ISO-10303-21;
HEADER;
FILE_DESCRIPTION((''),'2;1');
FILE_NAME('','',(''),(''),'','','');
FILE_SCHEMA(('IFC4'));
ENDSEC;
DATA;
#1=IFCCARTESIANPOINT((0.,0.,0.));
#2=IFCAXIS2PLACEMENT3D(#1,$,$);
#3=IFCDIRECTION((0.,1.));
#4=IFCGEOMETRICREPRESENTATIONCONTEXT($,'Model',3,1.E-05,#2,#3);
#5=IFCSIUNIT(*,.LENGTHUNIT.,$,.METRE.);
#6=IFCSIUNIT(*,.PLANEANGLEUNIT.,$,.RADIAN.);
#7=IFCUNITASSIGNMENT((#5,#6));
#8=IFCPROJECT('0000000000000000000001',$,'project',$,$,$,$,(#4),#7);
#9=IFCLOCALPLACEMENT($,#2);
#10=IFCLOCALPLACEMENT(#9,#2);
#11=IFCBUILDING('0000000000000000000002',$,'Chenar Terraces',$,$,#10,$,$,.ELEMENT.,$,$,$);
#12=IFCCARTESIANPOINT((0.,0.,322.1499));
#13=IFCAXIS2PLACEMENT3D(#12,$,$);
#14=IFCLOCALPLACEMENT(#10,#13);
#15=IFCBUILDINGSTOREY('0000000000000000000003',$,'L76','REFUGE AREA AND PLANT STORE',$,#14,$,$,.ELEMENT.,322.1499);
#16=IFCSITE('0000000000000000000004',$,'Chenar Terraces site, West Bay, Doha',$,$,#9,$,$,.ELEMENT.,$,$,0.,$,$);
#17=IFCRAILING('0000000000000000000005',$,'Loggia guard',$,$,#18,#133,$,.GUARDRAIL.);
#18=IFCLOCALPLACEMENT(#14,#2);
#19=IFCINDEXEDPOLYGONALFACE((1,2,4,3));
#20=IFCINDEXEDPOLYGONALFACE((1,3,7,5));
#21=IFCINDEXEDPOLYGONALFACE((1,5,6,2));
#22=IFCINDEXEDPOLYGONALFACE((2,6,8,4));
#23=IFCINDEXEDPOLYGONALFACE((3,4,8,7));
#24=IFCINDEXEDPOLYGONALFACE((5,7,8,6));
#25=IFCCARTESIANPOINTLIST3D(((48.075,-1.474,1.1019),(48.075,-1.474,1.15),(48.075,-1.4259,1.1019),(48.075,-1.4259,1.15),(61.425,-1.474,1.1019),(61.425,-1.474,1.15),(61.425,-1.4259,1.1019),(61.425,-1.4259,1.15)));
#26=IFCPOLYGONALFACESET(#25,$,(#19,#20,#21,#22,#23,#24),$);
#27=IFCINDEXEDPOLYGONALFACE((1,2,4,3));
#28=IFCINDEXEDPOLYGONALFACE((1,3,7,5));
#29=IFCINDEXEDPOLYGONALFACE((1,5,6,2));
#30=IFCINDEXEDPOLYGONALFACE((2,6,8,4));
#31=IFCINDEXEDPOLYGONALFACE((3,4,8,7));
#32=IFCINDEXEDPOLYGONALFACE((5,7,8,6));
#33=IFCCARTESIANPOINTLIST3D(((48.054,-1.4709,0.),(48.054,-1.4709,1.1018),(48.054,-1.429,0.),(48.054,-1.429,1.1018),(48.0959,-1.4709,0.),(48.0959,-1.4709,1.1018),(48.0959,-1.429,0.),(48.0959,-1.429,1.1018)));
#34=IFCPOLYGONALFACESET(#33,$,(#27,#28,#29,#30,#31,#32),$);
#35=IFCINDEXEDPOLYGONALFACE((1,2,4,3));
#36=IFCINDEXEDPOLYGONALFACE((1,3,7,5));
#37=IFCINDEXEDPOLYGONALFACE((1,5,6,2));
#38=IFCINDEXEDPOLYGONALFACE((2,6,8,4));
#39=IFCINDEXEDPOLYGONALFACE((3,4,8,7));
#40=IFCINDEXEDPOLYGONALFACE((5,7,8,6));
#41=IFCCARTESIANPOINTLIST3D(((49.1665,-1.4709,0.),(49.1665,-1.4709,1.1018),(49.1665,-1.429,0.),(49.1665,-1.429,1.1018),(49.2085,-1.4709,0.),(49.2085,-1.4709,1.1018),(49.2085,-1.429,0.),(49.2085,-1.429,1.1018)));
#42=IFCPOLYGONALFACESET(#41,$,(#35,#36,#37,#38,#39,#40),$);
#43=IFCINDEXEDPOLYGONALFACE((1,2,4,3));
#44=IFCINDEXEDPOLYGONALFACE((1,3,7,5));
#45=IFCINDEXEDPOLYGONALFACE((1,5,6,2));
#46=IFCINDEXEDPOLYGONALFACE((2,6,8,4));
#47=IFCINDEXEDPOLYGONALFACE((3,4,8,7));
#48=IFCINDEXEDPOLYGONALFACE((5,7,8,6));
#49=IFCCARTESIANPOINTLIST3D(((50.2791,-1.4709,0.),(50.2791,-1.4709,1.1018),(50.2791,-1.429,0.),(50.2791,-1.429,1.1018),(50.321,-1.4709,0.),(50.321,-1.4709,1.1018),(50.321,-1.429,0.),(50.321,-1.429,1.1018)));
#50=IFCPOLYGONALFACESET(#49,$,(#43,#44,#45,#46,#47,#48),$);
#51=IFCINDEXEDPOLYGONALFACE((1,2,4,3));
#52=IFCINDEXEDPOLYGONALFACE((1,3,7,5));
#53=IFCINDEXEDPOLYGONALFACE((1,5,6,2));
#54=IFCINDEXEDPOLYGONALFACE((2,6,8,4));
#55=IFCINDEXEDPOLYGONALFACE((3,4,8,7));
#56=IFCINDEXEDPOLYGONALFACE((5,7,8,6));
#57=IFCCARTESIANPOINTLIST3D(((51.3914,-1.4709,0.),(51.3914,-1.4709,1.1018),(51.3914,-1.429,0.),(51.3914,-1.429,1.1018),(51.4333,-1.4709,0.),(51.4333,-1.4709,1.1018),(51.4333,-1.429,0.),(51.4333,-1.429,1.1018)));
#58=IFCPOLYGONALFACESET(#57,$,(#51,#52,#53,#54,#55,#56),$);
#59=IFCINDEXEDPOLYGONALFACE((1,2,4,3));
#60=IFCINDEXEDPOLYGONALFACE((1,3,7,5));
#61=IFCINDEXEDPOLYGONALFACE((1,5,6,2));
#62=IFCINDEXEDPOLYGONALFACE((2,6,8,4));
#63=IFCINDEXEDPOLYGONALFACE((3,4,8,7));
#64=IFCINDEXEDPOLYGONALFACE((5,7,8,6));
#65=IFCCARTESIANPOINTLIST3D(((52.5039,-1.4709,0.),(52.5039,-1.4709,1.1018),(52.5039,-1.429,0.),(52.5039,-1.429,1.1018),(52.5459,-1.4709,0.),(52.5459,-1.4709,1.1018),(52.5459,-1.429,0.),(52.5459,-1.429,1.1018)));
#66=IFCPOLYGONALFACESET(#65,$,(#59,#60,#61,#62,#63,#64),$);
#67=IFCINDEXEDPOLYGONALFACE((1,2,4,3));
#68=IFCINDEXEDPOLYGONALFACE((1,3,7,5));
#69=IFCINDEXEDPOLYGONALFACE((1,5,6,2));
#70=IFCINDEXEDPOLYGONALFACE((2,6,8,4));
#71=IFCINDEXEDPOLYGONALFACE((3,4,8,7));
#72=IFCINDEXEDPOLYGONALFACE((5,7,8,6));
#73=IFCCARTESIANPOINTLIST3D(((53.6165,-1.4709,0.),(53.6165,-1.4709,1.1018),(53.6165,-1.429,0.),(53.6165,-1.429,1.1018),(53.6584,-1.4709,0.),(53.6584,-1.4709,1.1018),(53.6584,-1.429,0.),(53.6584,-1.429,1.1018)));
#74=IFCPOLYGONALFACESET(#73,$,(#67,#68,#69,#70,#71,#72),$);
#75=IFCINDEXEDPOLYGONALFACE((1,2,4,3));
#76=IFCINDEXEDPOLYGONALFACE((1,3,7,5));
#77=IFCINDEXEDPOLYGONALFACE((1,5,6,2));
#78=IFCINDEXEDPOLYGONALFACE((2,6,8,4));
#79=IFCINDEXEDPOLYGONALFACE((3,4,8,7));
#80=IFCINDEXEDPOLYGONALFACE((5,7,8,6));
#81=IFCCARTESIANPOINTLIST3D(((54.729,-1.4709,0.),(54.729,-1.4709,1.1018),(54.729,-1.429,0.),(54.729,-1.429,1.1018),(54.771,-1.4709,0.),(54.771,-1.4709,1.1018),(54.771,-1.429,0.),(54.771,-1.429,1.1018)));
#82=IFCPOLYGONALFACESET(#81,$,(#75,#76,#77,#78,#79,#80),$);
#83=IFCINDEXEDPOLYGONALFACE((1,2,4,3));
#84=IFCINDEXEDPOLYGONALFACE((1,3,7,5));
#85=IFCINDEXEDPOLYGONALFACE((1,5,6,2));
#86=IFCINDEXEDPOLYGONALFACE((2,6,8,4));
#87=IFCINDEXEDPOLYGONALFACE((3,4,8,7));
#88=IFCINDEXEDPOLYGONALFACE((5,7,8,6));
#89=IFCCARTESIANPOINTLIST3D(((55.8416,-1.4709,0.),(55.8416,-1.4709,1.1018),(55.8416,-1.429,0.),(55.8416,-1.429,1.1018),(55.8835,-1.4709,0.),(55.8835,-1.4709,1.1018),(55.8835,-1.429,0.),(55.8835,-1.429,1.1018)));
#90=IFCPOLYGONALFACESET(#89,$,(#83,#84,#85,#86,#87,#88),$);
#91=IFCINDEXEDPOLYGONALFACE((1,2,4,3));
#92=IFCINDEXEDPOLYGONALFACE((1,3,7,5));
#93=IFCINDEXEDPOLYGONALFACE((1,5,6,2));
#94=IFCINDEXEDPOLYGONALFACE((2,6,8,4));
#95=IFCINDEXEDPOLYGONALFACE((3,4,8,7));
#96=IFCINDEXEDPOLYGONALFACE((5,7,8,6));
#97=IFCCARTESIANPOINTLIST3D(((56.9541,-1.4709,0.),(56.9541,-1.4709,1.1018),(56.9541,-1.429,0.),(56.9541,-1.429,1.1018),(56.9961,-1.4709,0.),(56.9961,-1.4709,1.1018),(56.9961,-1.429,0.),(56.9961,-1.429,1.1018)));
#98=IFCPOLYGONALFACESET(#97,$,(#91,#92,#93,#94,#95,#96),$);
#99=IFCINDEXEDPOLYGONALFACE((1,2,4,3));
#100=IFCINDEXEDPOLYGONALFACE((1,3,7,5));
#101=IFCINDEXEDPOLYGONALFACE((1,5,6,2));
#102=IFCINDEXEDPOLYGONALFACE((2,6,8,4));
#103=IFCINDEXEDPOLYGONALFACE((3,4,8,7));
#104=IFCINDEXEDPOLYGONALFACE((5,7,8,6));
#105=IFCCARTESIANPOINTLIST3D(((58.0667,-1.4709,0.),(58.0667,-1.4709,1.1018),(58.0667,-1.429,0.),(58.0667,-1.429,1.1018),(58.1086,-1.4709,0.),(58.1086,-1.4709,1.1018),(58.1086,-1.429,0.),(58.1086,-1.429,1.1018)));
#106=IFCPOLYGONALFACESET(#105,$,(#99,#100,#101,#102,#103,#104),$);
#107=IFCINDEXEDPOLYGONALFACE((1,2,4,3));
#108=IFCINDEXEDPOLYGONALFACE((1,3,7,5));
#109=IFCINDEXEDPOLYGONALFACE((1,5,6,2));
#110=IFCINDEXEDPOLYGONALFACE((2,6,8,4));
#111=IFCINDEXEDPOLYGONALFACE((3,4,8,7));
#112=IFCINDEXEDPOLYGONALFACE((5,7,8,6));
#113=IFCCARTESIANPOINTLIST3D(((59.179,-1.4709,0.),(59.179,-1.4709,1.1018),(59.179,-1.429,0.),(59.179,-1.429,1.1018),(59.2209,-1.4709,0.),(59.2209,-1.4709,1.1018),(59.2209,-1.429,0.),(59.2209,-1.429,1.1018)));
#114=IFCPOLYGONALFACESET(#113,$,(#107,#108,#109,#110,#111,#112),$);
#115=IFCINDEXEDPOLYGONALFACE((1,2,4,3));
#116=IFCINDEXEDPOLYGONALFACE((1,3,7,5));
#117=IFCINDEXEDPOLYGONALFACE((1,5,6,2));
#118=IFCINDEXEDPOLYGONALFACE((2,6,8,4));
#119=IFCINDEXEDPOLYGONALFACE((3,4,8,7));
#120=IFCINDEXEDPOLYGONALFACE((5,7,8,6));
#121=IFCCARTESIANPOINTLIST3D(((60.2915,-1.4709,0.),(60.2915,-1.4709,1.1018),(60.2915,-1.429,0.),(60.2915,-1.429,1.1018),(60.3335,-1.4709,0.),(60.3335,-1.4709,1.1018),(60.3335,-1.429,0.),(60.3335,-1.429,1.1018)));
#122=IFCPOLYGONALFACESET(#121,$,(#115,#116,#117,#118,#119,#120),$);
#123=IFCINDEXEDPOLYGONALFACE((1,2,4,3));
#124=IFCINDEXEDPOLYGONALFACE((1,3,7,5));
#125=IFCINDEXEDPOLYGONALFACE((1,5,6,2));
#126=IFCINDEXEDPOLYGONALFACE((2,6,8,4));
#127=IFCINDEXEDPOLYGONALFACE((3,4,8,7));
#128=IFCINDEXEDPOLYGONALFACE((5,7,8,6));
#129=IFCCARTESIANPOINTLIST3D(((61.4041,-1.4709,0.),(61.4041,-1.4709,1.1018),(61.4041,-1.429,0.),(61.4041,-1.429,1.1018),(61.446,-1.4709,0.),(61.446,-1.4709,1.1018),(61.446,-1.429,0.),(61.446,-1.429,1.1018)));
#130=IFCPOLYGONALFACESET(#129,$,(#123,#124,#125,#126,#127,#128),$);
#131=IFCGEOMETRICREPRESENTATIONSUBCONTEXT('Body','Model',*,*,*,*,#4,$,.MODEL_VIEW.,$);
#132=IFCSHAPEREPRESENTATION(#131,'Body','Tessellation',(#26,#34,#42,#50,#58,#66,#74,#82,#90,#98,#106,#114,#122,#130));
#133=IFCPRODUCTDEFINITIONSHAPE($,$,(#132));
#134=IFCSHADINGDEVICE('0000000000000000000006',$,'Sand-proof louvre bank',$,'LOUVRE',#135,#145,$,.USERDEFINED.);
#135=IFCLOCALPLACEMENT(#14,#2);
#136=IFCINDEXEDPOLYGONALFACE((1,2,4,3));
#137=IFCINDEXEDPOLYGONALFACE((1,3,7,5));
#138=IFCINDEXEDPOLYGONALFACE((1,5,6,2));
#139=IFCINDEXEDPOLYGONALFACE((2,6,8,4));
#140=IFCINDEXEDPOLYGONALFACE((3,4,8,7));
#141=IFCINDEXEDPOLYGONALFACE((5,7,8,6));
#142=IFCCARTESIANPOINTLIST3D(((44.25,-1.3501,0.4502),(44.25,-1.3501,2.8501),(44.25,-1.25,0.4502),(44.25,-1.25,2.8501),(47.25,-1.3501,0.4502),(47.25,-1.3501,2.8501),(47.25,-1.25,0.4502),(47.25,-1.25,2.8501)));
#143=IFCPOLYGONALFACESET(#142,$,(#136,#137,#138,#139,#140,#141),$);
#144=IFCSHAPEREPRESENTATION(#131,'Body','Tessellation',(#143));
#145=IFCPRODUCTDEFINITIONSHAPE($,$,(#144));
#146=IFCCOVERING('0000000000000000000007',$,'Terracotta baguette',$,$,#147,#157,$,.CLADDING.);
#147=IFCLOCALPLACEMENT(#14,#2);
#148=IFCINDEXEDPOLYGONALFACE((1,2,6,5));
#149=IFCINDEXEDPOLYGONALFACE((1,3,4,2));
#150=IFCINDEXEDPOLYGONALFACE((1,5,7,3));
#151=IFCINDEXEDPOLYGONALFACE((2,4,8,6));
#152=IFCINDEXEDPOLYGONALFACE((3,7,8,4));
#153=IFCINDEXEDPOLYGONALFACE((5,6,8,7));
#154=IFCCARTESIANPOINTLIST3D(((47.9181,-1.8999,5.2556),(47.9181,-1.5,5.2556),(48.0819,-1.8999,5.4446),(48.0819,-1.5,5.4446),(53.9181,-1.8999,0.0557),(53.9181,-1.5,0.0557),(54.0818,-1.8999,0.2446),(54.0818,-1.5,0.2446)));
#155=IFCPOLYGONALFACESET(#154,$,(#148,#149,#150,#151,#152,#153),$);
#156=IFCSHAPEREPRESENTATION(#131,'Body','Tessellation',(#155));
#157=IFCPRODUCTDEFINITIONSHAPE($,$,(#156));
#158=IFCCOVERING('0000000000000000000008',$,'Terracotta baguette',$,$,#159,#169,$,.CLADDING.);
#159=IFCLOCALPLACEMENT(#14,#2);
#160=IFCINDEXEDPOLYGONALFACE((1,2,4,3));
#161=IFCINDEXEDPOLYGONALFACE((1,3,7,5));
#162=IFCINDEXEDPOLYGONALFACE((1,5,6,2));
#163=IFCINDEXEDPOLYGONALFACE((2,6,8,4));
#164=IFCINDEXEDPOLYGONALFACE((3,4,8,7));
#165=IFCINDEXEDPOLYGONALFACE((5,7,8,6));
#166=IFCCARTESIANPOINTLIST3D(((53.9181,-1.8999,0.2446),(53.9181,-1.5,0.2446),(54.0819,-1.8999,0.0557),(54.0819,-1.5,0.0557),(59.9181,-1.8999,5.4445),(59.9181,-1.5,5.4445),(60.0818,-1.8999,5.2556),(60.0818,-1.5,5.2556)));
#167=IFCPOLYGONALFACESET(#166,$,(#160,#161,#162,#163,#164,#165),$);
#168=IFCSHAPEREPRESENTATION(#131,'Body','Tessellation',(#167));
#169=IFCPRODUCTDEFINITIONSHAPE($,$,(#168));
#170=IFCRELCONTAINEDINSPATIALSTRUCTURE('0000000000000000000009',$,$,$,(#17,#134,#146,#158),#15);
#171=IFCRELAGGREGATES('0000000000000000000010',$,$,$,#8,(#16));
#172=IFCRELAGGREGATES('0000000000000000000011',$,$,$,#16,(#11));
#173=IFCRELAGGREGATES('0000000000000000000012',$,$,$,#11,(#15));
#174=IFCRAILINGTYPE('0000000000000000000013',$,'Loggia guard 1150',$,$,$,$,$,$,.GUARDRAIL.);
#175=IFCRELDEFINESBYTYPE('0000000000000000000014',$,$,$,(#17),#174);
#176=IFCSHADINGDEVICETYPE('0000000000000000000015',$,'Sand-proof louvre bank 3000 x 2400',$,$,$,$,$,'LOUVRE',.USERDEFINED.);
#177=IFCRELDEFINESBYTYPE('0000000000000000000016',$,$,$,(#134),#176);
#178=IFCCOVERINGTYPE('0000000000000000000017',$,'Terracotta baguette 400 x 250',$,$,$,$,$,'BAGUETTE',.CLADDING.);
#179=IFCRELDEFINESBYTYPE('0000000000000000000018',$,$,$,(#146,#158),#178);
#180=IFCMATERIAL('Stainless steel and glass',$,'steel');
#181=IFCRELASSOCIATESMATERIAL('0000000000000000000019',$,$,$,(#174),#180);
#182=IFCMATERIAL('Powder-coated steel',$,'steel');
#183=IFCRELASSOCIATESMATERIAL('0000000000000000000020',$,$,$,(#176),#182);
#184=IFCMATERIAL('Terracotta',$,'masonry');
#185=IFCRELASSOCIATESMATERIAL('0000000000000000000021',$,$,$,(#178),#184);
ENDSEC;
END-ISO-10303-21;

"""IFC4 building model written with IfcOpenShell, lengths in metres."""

from ifc_helpers import new_model, si_unit, direction, frame, origin, origin_2d, place, context, subcontext, project, spatial, rectangle, extrude, material, material_profile, profile_set, type_object, element, save


model = new_model("IFC4")

# Units and contexts
model_context = context("Model", 3, precision=1e-05, world=origin(), true_north=direction((0.0, 1.0)))
body_context = subcontext(model_context, "Body", "Model", "MODEL_VIEW")
ifc_project = project(units=[si_unit("LENGTHUNIT", "METRE"), si_unit("PLANEANGLEUNIT", "RADIAN")], contexts=[model_context])

# Site, building, storey
site_placement = place(None, origin())
site = spatial("IfcSite", under=ifc_project, at=site_placement, Name="Chenar Terraces site, West Bay, Doha", CompositionType="ELEMENT", RefElevation=0.0)
building_placement = place(site_placement, origin())
building = spatial("IfcBuilding", under=site, at=building_placement, Name="Chenar Terraces", CompositionType="ELEMENT")
storey_placement = place(building_placement, frame((0.0, 0.0, 322.1499)))
storey = spatial("IfcBuildingStorey", under=building, at=storey_placement, Name="L76", Description="REFUGE AREA AND PLANT STORE", CompositionType="ELEMENT", Elevation=322.1499)

# Railing
ifc_material_1 = material(Name="Stainless steel and glass", Category="steel")
railing_type = type_object("IfcRailingType", Name="Loggia guard 1150", PredefinedType="GUARDRAIL", material=ifc_material_1)
railing_placement = place(storey_placement, frame((48.075, -1.45, 0.0)))
element("IfcRailing", 1, at=railing_placement, inside=storey, type_object=railing_type, Name="Loggia guard", PredefinedType="GUARDRAIL", context=body_context, shape_type="SweptSolid", body=[
    extrude(rectangle(XDim=0.0481, YDim=0.0481, at=origin_2d()), frame((0.0, 0.0, 1.126), z_axis=(1.0, 0.0, 0.0), x_axis=(0.0, 1.0, 0.0)), (0.0, 0.0, 1.0), 13.3501),
    extrude(rectangle(XDim=0.042, YDim=0.042, at=origin_2d()), origin(), (0.0, 0.0, 1.0), 1.1018),
    extrude(rectangle(XDim=0.042, YDim=0.042, at=origin_2d()), frame((1.1125, 0.0, 0.0)), (0.0, 0.0, 1.0), 1.1018),
    extrude(rectangle(XDim=0.042, YDim=0.042, at=origin_2d()), frame((2.2251, 0.0, 0.0)), (0.0, 0.0, 1.0), 1.1018),
    extrude(rectangle(XDim=0.042, YDim=0.042, at=origin_2d()), frame((3.3374, 0.0, 0.0)), (0.0, 0.0, 1.0), 1.1018),
    extrude(rectangle(XDim=0.042, YDim=0.042, at=origin_2d()), frame((4.45, 0.0, 0.0)), (0.0, 0.0, 1.0), 1.1018),
    extrude(rectangle(XDim=0.042, YDim=0.042, at=origin_2d()), frame((5.5625, 0.0, 0.0)), (0.0, 0.0, 1.0), 1.1018),
    extrude(rectangle(XDim=0.042, YDim=0.042, at=origin_2d()), frame((6.675, 0.0, 0.0)), (0.0, 0.0, 1.0), 1.1018),
    extrude(rectangle(XDim=0.042, YDim=0.042, at=origin_2d()), frame((7.7876, 0.0, 0.0)), (0.0, 0.0, 1.0), 1.1018),
    extrude(rectangle(XDim=0.042, YDim=0.042, at=origin_2d()), frame((8.9001, 0.0, 0.0)), (0.0, 0.0, 1.0), 1.1018),
    extrude(rectangle(XDim=0.042, YDim=0.042, at=origin_2d()), frame((10.0127, 0.0, 0.0)), (0.0, 0.0, 1.0), 1.1018),
    extrude(rectangle(XDim=0.042, YDim=0.042, at=origin_2d()), frame((11.125, 0.0, 0.0)), (0.0, 0.0, 1.0), 1.1018),
    extrude(rectangle(XDim=0.042, YDim=0.042, at=origin_2d()), frame((12.2375, 0.0, 0.0)), (0.0, 0.0, 1.0), 1.1018),
    extrude(rectangle(XDim=0.042, YDim=0.042, at=origin_2d()), frame((13.3501, 0.0, 0.0)), (0.0, 0.0, 1.0), 1.1018),
])

# Shading device
ifc_material_2 = material(Name="Powder-coated steel", Category="steel")
shading_device_type = type_object("IfcShadingDeviceType", Name="Sand-proof louvre bank 3000 x 2400", ElementType="LOUVRE", PredefinedType="USERDEFINED", material=ifc_material_2)
shading_device_placement = place(storey_placement, frame((45.75, -1.3, 0.4502), z_axis=(0.0, 0.0, 1.0), x_axis=(1.0, 0.0, 0.0)))
element("IfcShadingDevice", 2, at=shading_device_placement, inside=storey, type_object=shading_device_type, Name="Sand-proof louvre bank", ObjectType="LOUVRE", PredefinedType="USERDEFINED", context=body_context, shape_type="SweptSolid", body=[
    extrude(rectangle(XDim=3.0, YDim=0.1001, at=origin_2d()), origin(), (0.0, 0.0, 1.0), 2.3999),
])

# Coverings
ifc_material_3 = material(Name="Terracotta", Category="masonry")
ifc_material_profile_1 = material_profile(ifc_material_3, rectangle(XDim=0.3999, YDim=0.25, at=origin_2d()), Name="Terracotta baguette 400 x 250")
ifc_profile_set_1 = profile_set([ifc_material_profile_1], Name="Terracotta")
covering_type = type_object("IfcCoveringType", Name="Terracotta baguette 400 x 250", ElementType="BAGUETTE", PredefinedType="CLADDING", material=ifc_profile_set_1)
for number, where, z_axis, x_axis, name in (
    (3, (48.0, -1.7, 5.3501), (0.755692, 0.0, -0.654927), (0.0, 1.0, 0.0), "Terracotta baguette"),
    (4, (54.0, -1.7, 0.1501), (0.755692, 0.0, 0.654927), (0.0, 1.0, 0.0), "Terracotta baguette"),
):
    element("IfcCovering", number, at=place(storey_placement, frame(where, z_axis=z_axis, x_axis=x_axis)), inside=storey, type_object=covering_type, Name=name, PredefinedType="CLADDING", context=body_context, shape_type="SweptSolid", body=[
        extrude(rectangle(XDim=0.3999, YDim=0.25, at=origin_2d()), origin(), (0.0, 0.0, 1.0), 7.9397),
    ])

save(model, "model.ifc")
